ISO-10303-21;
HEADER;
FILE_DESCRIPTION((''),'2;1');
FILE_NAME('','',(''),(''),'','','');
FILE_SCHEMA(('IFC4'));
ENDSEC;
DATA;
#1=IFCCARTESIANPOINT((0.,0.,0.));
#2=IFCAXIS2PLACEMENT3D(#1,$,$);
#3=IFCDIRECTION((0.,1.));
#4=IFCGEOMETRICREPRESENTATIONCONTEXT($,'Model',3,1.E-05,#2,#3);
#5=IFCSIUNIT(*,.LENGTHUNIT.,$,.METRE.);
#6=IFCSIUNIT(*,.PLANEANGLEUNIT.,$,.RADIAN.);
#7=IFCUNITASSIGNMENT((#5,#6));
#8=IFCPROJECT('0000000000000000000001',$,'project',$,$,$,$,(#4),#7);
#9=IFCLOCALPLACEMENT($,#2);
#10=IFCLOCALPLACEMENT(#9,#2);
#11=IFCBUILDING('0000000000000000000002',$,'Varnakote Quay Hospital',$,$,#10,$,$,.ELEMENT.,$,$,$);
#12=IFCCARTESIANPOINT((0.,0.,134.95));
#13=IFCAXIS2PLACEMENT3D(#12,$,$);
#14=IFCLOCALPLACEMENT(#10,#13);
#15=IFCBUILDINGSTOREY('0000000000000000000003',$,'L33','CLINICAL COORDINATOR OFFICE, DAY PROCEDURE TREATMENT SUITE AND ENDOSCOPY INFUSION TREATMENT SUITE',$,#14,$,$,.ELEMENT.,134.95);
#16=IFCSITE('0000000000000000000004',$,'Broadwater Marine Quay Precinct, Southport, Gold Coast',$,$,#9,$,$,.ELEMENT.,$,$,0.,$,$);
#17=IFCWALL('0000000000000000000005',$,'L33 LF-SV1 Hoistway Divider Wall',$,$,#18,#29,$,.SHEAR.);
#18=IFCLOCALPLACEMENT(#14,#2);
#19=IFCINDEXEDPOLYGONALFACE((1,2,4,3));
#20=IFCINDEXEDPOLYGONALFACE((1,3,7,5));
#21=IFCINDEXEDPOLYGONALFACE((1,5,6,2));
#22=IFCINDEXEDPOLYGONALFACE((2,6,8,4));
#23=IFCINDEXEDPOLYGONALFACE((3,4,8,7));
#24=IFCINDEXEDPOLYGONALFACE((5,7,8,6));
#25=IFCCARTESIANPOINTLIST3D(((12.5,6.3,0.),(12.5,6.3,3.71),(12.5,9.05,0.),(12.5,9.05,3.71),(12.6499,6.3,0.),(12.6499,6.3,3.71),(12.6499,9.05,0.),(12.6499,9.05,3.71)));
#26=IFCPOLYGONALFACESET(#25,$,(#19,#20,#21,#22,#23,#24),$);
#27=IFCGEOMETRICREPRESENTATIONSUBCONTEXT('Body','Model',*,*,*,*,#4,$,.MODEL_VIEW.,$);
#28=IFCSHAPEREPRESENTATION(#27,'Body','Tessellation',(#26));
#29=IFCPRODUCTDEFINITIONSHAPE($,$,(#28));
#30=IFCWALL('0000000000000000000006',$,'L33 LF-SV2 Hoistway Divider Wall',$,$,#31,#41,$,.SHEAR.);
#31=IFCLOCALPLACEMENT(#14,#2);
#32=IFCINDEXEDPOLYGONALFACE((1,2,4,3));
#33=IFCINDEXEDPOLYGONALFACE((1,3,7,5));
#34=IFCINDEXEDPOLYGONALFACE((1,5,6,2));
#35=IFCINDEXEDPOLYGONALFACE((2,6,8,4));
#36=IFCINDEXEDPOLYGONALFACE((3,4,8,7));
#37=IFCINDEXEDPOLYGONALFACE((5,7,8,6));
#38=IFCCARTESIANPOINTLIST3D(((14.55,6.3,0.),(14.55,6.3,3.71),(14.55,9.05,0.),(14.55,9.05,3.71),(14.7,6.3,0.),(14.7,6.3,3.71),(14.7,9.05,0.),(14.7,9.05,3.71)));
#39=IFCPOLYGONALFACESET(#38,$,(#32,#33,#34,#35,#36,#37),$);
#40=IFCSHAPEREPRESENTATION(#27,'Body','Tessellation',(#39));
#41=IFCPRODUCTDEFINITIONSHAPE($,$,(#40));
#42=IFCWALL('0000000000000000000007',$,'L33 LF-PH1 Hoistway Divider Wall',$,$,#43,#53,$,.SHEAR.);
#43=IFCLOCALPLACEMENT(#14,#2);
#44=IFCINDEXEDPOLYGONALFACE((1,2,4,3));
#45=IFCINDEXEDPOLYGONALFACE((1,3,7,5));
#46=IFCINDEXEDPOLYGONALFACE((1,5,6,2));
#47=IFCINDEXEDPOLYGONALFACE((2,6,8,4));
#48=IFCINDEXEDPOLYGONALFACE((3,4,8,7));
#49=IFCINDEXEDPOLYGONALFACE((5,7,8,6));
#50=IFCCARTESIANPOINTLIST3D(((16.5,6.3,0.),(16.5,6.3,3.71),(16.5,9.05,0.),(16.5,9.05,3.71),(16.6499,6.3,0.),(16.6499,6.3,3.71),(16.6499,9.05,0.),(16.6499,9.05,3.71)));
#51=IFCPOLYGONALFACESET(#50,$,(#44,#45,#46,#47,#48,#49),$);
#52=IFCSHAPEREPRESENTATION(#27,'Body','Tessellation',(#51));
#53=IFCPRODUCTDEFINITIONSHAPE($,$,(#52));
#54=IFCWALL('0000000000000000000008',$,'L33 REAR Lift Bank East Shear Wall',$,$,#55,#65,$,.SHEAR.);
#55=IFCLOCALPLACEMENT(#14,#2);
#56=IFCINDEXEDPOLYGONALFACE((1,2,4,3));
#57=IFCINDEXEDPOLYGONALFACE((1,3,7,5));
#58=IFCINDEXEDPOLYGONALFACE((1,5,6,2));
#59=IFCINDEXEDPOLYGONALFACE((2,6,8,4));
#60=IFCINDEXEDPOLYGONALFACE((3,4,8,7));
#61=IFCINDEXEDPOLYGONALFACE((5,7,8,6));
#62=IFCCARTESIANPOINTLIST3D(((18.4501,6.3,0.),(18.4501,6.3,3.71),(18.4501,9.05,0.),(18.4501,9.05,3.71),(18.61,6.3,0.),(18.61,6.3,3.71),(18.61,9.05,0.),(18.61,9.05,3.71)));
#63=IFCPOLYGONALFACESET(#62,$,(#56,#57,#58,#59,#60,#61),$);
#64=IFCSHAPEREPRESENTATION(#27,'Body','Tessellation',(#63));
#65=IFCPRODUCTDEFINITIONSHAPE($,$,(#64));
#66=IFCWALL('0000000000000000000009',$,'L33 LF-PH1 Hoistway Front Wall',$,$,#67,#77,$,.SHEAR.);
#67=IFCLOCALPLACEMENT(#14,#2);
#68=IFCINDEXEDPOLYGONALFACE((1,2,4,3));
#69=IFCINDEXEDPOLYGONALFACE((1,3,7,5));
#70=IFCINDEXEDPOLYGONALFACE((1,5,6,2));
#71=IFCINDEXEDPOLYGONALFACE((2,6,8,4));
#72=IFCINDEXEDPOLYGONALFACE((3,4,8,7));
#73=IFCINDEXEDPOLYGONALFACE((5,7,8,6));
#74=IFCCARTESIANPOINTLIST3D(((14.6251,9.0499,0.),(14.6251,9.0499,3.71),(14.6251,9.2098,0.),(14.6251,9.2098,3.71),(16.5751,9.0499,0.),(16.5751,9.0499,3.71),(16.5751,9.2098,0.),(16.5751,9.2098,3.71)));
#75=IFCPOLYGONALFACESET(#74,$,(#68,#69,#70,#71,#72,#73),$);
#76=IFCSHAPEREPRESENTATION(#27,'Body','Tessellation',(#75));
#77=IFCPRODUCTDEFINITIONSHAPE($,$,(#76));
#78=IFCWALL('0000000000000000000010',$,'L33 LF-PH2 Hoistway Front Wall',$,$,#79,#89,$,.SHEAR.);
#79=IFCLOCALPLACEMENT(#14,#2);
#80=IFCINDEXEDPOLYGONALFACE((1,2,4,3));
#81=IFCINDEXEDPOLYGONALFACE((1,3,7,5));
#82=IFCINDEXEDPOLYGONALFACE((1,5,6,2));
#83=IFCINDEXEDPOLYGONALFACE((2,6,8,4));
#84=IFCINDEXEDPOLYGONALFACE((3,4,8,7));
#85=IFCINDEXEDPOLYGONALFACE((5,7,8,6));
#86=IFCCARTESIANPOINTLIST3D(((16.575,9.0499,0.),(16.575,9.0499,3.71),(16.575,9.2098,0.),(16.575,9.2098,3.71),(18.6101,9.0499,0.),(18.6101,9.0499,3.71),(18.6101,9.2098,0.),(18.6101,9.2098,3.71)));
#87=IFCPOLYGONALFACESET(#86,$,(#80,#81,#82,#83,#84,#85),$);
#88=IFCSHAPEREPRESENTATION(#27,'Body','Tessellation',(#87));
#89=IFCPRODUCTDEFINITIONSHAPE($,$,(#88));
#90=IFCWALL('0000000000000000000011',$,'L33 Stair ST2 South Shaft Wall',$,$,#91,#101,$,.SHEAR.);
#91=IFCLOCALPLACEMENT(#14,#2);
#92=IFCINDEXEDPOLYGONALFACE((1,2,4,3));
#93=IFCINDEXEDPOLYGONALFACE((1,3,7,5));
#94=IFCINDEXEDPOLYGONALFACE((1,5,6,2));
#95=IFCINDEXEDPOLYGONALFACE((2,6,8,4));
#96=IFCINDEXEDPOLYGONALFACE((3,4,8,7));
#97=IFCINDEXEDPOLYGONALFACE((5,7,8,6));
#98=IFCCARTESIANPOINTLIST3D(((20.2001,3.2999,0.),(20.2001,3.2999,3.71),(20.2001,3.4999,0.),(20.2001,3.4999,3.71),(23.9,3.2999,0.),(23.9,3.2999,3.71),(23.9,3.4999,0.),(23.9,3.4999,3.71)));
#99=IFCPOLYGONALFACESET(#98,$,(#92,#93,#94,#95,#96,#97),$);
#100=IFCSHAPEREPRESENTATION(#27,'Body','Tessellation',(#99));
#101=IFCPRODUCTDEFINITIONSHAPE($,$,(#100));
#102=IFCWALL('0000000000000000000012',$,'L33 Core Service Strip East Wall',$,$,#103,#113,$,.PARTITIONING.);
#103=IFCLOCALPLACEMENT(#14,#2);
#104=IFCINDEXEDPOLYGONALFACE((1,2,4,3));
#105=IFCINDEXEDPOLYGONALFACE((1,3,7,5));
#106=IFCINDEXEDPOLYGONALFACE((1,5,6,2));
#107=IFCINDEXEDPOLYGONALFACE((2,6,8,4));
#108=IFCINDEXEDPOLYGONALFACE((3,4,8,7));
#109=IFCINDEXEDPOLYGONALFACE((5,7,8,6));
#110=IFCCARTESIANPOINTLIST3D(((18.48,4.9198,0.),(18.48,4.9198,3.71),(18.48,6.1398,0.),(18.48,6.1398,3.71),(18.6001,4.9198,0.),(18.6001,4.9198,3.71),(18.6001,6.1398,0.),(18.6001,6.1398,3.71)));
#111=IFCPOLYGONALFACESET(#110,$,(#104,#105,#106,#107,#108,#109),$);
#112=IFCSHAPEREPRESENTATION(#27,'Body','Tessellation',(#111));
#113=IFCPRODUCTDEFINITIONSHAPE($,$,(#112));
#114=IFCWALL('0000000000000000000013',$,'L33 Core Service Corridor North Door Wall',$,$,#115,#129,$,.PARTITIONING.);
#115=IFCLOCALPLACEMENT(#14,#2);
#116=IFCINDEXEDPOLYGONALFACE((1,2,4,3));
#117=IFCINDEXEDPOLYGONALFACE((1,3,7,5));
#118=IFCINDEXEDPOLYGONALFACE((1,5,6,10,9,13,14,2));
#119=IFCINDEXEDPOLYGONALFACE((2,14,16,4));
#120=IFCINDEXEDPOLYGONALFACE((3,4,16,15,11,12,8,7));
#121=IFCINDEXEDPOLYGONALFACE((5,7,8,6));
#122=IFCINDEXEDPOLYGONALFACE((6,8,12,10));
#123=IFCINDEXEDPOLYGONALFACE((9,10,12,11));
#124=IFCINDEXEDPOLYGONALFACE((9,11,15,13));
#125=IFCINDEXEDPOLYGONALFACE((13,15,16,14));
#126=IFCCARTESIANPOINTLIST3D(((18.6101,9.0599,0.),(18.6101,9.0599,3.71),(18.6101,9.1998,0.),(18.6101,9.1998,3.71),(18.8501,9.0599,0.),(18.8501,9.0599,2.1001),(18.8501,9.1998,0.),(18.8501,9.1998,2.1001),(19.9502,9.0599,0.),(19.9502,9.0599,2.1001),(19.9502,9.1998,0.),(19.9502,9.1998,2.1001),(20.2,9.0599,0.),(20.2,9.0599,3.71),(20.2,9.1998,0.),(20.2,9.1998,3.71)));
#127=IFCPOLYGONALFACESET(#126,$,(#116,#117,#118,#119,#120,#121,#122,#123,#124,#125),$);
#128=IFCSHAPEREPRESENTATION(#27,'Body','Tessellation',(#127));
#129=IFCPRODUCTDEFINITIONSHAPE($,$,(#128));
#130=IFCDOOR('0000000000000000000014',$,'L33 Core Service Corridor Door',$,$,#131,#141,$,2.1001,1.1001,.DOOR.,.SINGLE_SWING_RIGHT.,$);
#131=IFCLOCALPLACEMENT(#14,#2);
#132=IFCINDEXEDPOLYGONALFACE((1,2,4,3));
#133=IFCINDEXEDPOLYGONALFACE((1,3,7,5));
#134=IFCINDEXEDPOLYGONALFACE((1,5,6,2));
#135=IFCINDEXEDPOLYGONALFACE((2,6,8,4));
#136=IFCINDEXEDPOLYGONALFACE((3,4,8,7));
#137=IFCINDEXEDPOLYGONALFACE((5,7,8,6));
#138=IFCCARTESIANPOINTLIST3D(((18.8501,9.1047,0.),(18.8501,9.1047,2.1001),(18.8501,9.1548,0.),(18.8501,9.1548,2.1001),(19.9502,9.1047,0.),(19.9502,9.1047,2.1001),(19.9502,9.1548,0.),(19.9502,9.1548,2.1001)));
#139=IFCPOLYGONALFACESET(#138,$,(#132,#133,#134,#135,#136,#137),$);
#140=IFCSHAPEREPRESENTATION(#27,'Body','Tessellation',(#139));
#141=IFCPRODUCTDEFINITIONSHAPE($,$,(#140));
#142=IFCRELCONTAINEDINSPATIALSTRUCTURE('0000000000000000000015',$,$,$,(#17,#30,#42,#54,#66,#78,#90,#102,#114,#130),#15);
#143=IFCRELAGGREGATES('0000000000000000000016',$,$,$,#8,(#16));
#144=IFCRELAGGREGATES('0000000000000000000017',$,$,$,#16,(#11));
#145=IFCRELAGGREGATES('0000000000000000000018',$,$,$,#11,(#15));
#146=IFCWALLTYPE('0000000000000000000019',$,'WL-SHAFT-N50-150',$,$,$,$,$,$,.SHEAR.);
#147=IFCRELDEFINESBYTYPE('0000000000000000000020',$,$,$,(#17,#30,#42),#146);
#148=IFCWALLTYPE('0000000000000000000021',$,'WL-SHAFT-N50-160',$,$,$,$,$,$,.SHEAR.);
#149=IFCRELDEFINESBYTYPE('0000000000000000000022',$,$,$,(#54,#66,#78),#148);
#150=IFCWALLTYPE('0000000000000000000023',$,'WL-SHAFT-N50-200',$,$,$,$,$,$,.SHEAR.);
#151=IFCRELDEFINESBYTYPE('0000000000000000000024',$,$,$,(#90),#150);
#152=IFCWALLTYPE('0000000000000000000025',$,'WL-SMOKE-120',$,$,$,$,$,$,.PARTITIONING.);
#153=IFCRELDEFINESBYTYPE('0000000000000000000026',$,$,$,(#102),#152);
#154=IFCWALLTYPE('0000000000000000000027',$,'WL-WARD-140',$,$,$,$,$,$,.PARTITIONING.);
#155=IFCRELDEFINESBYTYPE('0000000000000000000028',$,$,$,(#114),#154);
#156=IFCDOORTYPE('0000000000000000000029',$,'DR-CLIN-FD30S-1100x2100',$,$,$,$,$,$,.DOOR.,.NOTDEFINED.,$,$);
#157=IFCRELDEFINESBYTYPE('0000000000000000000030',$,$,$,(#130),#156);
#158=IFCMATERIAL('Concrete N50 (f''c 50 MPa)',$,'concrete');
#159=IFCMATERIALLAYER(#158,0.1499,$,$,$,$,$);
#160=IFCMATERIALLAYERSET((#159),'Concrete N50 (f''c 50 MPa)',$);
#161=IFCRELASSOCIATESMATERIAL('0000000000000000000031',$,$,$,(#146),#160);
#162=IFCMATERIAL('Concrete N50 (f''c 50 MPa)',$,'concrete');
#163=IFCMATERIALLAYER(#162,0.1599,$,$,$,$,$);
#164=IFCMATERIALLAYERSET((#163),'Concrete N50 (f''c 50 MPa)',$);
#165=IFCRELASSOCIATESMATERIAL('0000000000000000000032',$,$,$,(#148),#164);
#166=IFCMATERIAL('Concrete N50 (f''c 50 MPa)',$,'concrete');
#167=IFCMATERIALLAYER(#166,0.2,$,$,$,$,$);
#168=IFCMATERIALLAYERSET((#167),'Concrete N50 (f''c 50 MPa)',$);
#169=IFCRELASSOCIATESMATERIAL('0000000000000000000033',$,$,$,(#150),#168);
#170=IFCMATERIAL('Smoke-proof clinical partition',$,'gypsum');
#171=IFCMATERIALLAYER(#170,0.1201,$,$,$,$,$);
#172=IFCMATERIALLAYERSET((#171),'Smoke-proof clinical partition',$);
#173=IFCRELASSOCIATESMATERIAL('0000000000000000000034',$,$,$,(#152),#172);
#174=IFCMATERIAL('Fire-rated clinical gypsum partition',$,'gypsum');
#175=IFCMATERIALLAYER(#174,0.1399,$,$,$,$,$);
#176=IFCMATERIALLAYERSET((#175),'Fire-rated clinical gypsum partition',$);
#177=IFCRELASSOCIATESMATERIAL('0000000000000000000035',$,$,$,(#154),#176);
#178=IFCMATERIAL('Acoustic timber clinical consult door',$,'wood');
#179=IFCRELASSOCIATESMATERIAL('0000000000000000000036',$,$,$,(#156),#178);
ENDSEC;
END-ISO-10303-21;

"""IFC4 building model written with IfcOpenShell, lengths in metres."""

from ifc_helpers import new_model, si_unit, direction, frame, frame_2d, origin, place, context, subcontext, project, spatial, rectangle, extrude, material, layer, layer_set, type_object, element, fill, save


model = new_model("IFC4")

# Units and contexts
model_context = context("Model", 3, precision=1e-05, world=origin(), true_north=direction((0.0, 1.0)))
body_context = subcontext(model_context, "Body", "Model", "MODEL_VIEW")
ifc_project = project(units=[si_unit("LENGTHUNIT", "METRE"), si_unit("PLANEANGLEUNIT", "RADIAN")], contexts=[model_context])

# Site, building, storey
site_placement = place(None, origin())
site = spatial("IfcSite", under=ifc_project, at=site_placement, Name="Broadwater Marine Quay Precinct, Southport, Gold Coast", CompositionType="ELEMENT", RefElevation=0.0)
building_placement = place(site_placement, origin())
building = spatial("IfcBuilding", under=site, at=building_placement, Name="Varnakote Quay Hospital", CompositionType="ELEMENT")
storey_placement = place(building_placement, frame((0.0, 0.0, 134.95)))
storey = spatial("IfcBuildingStorey", under=building, at=storey_placement, Name="L33", Description="CLINICAL COORDINATOR OFFICE, DAY PROCEDURE TREATMENT SUITE AND ENDOSCOPY INFUSION TREATMENT SUITE", CompositionType="ELEMENT", Elevation=134.95)

# Walls
ifc_material_1 = material(Name="Concrete N50 (f'c 50 MPa)", Category="concrete")
ifc_layer_1 = layer(ifc_material_1, 0.1499)
ifc_layer_set_1 = layer_set([ifc_layer_1], Name="Concrete N50 (f'c 50 MPa)")
wall_type_1 = type_object("IfcWallType", Name="WL-SHAFT-N50-150", PredefinedType="SHEAR", material=ifc_layer_set_1)
for number, where, z_axis, x_axis, name in (
    (1, (12.575, 6.3, 0.0), (0.0, 0.0, 1.0), (0.0, 1.0, 0.0), "L33 LF-SV1 Hoistway Divider Wall"),
    (2, (14.625, 6.3, 0.0), (0.0, 0.0, 1.0), (0.0, 1.0, 0.0), "L33 LF-SV2 Hoistway Divider Wall"),
    (3, (16.575, 6.3, 0.0), (0.0, 0.0, 1.0), (0.0, 1.0, 0.0), "L33 LF-PH1 Hoistway Divider Wall"),
):
    element("IfcWall", number, at=place(storey_placement, frame(where, z_axis=z_axis, x_axis=x_axis)), inside=storey, type_object=wall_type_1, Name=name, PredefinedType="SHEAR", context=body_context, shape_type="SweptSolid", body=[
        extrude(rectangle(XDim=2.75, YDim=0.1499, at=frame_2d((1.375, 0.0))), origin(), (0.0, 0.0, 1.0), 3.71),
    ])
ifc_material_2 = material(Name="Concrete N50 (f'c 50 MPa)", Category="concrete")
ifc_layer_2 = layer(ifc_material_2, 0.1599)
ifc_layer_set_2 = layer_set([ifc_layer_2], Name="Concrete N50 (f'c 50 MPa)")
wall_type_2 = type_object("IfcWallType", Name="WL-SHAFT-N50-160", PredefinedType="SHEAR", material=ifc_layer_set_2)
wall_1_placement = place(storey_placement, frame((18.53, 6.3, 0.0), z_axis=(0.0, 0.0, 1.0), x_axis=(0.0, 1.0, 0.0)))
element("IfcWall", 4, at=wall_1_placement, inside=storey, type_object=wall_type_2, Name="L33 REAR Lift Bank East Shear Wall", PredefinedType="SHEAR", context=body_context, shape_type="SweptSolid", body=[
    extrude(rectangle(XDim=2.75, YDim=0.1599, at=frame_2d((1.375, 0.0))), origin(), (0.0, 0.0, 1.0), 3.71),
])

# Walls
wall_2_placement = place(storey_placement, frame((14.625, 9.1299, 0.0), z_axis=(0.0, 0.0, 1.0), x_axis=(1.0, 0.0, 0.0)))
element("IfcWall", 5, at=wall_2_placement, inside=storey, type_object=wall_type_2, Name="L33 LF-PH1 Hoistway Front Wall", PredefinedType="SHEAR", context=body_context, shape_type="SweptSolid", body=[
    extrude(rectangle(XDim=1.95, YDim=0.1599, at=frame_2d((0.9751, 0.0))), origin(), (0.0, 0.0, 1.0), 3.71),
])
wall_3_placement = place(storey_placement, frame((16.575, 9.1299, 0.0), z_axis=(0.0, 0.0, 1.0), x_axis=(1.0, 0.0, 0.0)))
element("IfcWall", 6, at=wall_3_placement, inside=storey, type_object=wall_type_2, Name="L33 LF-PH2 Hoistway Front Wall", PredefinedType="SHEAR", context=body_context, shape_type="SweptSolid", body=[
    extrude(rectangle(XDim=2.0352, YDim=0.1599, at=frame_2d((1.0176, 0.0))), origin(), (0.0, 0.0, 1.0), 3.71),
])
ifc_material_3 = material(Name="Concrete N50 (f'c 50 MPa)", Category="concrete")
ifc_layer_3 = layer(ifc_material_3, 0.2)
ifc_layer_set_3 = layer_set([ifc_layer_3], Name="Concrete N50 (f'c 50 MPa)")
wall_type_3 = type_object("IfcWallType", Name="WL-SHAFT-N50-200", PredefinedType="SHEAR", material=ifc_layer_set_3)
wall_4_placement = place(storey_placement, frame((20.2, 3.3999, 0.0), z_axis=(0.0, 0.0, 1.0), x_axis=(1.0, 0.0, 0.0)))
element("IfcWall", 7, at=wall_4_placement, inside=storey, type_object=wall_type_3, Name="L33 Stair ST2 South Shaft Wall", PredefinedType="SHEAR", context=body_context, shape_type="SweptSolid", body=[
    extrude(rectangle(XDim=3.7, YDim=0.2, at=frame_2d((1.8501, 0.0))), origin(), (0.0, 0.0, 1.0), 3.71),
])

# Wall
ifc_material_4 = material(Name="Smoke-proof clinical partition", Category="gypsum")
ifc_layer_4 = layer(ifc_material_4, 0.1201)
ifc_layer_set_4 = layer_set([ifc_layer_4], Name="Smoke-proof clinical partition")
wall_type_4 = type_object("IfcWallType", Name="WL-SMOKE-120", PredefinedType="PARTITIONING", material=ifc_layer_set_4)
wall_5_placement = place(storey_placement, frame((18.54, 4.9199, 0.0), z_axis=(0.0, 0.0, 1.0), x_axis=(0.0, 1.0, 0.0)))
element("IfcWall", 8, at=wall_5_placement, inside=storey, type_object=wall_type_4, Name="L33 Core Service Strip East Wall", PredefinedType="PARTITIONING", context=body_context, shape_type="SweptSolid", body=[
    extrude(rectangle(XDim=1.22, YDim=0.1201, at=frame_2d((0.6099, 0.0))), origin(), (0.0, 0.0, 1.0), 3.71),
])

# Wall, opening, door
ifc_material_5 = material(Name="Fire-rated clinical gypsum partition", Category="gypsum")
ifc_layer_5 = layer(ifc_material_5, 0.1399)
ifc_layer_set_5 = layer_set([ifc_layer_5], Name="Fire-rated clinical gypsum partition")
wall_type_5 = type_object("IfcWallType", Name="WL-WARD-140", PredefinedType="PARTITIONING", material=ifc_layer_set_5)
wall_6_placement = place(storey_placement, frame((18.6101, 9.1299, 0.0), z_axis=(0.0, 0.0, 1.0), x_axis=(1.0, 0.0, 0.0)))
wall_6 = element("IfcWall", 9, at=wall_6_placement, inside=storey, type_object=wall_type_5, Name="L33 Core Service Corridor North Door Wall", PredefinedType="PARTITIONING", context=body_context, shape_type="SweptSolid", body=[
    extrude(rectangle(XDim=1.5898, YDim=0.1399, at=frame_2d((0.7949, 0.0))), origin(), (0.0, 0.0, 1.0), 3.71),
])
opening_1_placement = place(wall_6_placement, frame((0.24, 0.0, 0.0)))
opening_1 = element("IfcOpeningElement", 10, at=opening_1_placement, cuts=wall_6, PredefinedType="OPENING", context=body_context, shape_type="SweptSolid", body=[
    extrude(rectangle(XDim=1.1001, YDim=2.1001, at=frame_2d((0.55, 1.05))), frame((0.0, 0.0798, 0.0), z_axis=(0.0, -1.0, 0.0), x_axis=(1.0, 0.0, 0.0)), (0.0, 0.0, 1.0), 0.1599),
])
ifc_material_6 = material(Name="Acoustic timber clinical consult door", Category="wood")
door_type_1 = type_object("IfcDoorType", Name="DR-CLIN-FD30S-1100x2100", OperationType="NOTDEFINED", PredefinedType="DOOR", material=ifc_material_6)
door_1_placement = place(opening_1_placement, origin())
door_1 = element("IfcDoor", 11, at=door_1_placement, inside=storey, type_object=door_type_1, Name="L33 Core Service Corridor Door", OperationType="SINGLE_SWING_RIGHT", OverallHeight=2.1001, OverallWidth=1.1001, PredefinedType="DOOR", context=body_context, shape_type="SweptSolid", body=[
    extrude(rectangle(XDim=1.1001, YDim=2.1001, at=frame_2d((0.55, 1.05))), frame((0.0, 0.0249, 0.0), z_axis=(0.0, -1.0, 0.0), x_axis=(1.0, 0.0, 0.0)), (0.0, 0.0, 1.0), 0.05),
])
fill(opening_1, door_1)

save(model, "model.ifc")
